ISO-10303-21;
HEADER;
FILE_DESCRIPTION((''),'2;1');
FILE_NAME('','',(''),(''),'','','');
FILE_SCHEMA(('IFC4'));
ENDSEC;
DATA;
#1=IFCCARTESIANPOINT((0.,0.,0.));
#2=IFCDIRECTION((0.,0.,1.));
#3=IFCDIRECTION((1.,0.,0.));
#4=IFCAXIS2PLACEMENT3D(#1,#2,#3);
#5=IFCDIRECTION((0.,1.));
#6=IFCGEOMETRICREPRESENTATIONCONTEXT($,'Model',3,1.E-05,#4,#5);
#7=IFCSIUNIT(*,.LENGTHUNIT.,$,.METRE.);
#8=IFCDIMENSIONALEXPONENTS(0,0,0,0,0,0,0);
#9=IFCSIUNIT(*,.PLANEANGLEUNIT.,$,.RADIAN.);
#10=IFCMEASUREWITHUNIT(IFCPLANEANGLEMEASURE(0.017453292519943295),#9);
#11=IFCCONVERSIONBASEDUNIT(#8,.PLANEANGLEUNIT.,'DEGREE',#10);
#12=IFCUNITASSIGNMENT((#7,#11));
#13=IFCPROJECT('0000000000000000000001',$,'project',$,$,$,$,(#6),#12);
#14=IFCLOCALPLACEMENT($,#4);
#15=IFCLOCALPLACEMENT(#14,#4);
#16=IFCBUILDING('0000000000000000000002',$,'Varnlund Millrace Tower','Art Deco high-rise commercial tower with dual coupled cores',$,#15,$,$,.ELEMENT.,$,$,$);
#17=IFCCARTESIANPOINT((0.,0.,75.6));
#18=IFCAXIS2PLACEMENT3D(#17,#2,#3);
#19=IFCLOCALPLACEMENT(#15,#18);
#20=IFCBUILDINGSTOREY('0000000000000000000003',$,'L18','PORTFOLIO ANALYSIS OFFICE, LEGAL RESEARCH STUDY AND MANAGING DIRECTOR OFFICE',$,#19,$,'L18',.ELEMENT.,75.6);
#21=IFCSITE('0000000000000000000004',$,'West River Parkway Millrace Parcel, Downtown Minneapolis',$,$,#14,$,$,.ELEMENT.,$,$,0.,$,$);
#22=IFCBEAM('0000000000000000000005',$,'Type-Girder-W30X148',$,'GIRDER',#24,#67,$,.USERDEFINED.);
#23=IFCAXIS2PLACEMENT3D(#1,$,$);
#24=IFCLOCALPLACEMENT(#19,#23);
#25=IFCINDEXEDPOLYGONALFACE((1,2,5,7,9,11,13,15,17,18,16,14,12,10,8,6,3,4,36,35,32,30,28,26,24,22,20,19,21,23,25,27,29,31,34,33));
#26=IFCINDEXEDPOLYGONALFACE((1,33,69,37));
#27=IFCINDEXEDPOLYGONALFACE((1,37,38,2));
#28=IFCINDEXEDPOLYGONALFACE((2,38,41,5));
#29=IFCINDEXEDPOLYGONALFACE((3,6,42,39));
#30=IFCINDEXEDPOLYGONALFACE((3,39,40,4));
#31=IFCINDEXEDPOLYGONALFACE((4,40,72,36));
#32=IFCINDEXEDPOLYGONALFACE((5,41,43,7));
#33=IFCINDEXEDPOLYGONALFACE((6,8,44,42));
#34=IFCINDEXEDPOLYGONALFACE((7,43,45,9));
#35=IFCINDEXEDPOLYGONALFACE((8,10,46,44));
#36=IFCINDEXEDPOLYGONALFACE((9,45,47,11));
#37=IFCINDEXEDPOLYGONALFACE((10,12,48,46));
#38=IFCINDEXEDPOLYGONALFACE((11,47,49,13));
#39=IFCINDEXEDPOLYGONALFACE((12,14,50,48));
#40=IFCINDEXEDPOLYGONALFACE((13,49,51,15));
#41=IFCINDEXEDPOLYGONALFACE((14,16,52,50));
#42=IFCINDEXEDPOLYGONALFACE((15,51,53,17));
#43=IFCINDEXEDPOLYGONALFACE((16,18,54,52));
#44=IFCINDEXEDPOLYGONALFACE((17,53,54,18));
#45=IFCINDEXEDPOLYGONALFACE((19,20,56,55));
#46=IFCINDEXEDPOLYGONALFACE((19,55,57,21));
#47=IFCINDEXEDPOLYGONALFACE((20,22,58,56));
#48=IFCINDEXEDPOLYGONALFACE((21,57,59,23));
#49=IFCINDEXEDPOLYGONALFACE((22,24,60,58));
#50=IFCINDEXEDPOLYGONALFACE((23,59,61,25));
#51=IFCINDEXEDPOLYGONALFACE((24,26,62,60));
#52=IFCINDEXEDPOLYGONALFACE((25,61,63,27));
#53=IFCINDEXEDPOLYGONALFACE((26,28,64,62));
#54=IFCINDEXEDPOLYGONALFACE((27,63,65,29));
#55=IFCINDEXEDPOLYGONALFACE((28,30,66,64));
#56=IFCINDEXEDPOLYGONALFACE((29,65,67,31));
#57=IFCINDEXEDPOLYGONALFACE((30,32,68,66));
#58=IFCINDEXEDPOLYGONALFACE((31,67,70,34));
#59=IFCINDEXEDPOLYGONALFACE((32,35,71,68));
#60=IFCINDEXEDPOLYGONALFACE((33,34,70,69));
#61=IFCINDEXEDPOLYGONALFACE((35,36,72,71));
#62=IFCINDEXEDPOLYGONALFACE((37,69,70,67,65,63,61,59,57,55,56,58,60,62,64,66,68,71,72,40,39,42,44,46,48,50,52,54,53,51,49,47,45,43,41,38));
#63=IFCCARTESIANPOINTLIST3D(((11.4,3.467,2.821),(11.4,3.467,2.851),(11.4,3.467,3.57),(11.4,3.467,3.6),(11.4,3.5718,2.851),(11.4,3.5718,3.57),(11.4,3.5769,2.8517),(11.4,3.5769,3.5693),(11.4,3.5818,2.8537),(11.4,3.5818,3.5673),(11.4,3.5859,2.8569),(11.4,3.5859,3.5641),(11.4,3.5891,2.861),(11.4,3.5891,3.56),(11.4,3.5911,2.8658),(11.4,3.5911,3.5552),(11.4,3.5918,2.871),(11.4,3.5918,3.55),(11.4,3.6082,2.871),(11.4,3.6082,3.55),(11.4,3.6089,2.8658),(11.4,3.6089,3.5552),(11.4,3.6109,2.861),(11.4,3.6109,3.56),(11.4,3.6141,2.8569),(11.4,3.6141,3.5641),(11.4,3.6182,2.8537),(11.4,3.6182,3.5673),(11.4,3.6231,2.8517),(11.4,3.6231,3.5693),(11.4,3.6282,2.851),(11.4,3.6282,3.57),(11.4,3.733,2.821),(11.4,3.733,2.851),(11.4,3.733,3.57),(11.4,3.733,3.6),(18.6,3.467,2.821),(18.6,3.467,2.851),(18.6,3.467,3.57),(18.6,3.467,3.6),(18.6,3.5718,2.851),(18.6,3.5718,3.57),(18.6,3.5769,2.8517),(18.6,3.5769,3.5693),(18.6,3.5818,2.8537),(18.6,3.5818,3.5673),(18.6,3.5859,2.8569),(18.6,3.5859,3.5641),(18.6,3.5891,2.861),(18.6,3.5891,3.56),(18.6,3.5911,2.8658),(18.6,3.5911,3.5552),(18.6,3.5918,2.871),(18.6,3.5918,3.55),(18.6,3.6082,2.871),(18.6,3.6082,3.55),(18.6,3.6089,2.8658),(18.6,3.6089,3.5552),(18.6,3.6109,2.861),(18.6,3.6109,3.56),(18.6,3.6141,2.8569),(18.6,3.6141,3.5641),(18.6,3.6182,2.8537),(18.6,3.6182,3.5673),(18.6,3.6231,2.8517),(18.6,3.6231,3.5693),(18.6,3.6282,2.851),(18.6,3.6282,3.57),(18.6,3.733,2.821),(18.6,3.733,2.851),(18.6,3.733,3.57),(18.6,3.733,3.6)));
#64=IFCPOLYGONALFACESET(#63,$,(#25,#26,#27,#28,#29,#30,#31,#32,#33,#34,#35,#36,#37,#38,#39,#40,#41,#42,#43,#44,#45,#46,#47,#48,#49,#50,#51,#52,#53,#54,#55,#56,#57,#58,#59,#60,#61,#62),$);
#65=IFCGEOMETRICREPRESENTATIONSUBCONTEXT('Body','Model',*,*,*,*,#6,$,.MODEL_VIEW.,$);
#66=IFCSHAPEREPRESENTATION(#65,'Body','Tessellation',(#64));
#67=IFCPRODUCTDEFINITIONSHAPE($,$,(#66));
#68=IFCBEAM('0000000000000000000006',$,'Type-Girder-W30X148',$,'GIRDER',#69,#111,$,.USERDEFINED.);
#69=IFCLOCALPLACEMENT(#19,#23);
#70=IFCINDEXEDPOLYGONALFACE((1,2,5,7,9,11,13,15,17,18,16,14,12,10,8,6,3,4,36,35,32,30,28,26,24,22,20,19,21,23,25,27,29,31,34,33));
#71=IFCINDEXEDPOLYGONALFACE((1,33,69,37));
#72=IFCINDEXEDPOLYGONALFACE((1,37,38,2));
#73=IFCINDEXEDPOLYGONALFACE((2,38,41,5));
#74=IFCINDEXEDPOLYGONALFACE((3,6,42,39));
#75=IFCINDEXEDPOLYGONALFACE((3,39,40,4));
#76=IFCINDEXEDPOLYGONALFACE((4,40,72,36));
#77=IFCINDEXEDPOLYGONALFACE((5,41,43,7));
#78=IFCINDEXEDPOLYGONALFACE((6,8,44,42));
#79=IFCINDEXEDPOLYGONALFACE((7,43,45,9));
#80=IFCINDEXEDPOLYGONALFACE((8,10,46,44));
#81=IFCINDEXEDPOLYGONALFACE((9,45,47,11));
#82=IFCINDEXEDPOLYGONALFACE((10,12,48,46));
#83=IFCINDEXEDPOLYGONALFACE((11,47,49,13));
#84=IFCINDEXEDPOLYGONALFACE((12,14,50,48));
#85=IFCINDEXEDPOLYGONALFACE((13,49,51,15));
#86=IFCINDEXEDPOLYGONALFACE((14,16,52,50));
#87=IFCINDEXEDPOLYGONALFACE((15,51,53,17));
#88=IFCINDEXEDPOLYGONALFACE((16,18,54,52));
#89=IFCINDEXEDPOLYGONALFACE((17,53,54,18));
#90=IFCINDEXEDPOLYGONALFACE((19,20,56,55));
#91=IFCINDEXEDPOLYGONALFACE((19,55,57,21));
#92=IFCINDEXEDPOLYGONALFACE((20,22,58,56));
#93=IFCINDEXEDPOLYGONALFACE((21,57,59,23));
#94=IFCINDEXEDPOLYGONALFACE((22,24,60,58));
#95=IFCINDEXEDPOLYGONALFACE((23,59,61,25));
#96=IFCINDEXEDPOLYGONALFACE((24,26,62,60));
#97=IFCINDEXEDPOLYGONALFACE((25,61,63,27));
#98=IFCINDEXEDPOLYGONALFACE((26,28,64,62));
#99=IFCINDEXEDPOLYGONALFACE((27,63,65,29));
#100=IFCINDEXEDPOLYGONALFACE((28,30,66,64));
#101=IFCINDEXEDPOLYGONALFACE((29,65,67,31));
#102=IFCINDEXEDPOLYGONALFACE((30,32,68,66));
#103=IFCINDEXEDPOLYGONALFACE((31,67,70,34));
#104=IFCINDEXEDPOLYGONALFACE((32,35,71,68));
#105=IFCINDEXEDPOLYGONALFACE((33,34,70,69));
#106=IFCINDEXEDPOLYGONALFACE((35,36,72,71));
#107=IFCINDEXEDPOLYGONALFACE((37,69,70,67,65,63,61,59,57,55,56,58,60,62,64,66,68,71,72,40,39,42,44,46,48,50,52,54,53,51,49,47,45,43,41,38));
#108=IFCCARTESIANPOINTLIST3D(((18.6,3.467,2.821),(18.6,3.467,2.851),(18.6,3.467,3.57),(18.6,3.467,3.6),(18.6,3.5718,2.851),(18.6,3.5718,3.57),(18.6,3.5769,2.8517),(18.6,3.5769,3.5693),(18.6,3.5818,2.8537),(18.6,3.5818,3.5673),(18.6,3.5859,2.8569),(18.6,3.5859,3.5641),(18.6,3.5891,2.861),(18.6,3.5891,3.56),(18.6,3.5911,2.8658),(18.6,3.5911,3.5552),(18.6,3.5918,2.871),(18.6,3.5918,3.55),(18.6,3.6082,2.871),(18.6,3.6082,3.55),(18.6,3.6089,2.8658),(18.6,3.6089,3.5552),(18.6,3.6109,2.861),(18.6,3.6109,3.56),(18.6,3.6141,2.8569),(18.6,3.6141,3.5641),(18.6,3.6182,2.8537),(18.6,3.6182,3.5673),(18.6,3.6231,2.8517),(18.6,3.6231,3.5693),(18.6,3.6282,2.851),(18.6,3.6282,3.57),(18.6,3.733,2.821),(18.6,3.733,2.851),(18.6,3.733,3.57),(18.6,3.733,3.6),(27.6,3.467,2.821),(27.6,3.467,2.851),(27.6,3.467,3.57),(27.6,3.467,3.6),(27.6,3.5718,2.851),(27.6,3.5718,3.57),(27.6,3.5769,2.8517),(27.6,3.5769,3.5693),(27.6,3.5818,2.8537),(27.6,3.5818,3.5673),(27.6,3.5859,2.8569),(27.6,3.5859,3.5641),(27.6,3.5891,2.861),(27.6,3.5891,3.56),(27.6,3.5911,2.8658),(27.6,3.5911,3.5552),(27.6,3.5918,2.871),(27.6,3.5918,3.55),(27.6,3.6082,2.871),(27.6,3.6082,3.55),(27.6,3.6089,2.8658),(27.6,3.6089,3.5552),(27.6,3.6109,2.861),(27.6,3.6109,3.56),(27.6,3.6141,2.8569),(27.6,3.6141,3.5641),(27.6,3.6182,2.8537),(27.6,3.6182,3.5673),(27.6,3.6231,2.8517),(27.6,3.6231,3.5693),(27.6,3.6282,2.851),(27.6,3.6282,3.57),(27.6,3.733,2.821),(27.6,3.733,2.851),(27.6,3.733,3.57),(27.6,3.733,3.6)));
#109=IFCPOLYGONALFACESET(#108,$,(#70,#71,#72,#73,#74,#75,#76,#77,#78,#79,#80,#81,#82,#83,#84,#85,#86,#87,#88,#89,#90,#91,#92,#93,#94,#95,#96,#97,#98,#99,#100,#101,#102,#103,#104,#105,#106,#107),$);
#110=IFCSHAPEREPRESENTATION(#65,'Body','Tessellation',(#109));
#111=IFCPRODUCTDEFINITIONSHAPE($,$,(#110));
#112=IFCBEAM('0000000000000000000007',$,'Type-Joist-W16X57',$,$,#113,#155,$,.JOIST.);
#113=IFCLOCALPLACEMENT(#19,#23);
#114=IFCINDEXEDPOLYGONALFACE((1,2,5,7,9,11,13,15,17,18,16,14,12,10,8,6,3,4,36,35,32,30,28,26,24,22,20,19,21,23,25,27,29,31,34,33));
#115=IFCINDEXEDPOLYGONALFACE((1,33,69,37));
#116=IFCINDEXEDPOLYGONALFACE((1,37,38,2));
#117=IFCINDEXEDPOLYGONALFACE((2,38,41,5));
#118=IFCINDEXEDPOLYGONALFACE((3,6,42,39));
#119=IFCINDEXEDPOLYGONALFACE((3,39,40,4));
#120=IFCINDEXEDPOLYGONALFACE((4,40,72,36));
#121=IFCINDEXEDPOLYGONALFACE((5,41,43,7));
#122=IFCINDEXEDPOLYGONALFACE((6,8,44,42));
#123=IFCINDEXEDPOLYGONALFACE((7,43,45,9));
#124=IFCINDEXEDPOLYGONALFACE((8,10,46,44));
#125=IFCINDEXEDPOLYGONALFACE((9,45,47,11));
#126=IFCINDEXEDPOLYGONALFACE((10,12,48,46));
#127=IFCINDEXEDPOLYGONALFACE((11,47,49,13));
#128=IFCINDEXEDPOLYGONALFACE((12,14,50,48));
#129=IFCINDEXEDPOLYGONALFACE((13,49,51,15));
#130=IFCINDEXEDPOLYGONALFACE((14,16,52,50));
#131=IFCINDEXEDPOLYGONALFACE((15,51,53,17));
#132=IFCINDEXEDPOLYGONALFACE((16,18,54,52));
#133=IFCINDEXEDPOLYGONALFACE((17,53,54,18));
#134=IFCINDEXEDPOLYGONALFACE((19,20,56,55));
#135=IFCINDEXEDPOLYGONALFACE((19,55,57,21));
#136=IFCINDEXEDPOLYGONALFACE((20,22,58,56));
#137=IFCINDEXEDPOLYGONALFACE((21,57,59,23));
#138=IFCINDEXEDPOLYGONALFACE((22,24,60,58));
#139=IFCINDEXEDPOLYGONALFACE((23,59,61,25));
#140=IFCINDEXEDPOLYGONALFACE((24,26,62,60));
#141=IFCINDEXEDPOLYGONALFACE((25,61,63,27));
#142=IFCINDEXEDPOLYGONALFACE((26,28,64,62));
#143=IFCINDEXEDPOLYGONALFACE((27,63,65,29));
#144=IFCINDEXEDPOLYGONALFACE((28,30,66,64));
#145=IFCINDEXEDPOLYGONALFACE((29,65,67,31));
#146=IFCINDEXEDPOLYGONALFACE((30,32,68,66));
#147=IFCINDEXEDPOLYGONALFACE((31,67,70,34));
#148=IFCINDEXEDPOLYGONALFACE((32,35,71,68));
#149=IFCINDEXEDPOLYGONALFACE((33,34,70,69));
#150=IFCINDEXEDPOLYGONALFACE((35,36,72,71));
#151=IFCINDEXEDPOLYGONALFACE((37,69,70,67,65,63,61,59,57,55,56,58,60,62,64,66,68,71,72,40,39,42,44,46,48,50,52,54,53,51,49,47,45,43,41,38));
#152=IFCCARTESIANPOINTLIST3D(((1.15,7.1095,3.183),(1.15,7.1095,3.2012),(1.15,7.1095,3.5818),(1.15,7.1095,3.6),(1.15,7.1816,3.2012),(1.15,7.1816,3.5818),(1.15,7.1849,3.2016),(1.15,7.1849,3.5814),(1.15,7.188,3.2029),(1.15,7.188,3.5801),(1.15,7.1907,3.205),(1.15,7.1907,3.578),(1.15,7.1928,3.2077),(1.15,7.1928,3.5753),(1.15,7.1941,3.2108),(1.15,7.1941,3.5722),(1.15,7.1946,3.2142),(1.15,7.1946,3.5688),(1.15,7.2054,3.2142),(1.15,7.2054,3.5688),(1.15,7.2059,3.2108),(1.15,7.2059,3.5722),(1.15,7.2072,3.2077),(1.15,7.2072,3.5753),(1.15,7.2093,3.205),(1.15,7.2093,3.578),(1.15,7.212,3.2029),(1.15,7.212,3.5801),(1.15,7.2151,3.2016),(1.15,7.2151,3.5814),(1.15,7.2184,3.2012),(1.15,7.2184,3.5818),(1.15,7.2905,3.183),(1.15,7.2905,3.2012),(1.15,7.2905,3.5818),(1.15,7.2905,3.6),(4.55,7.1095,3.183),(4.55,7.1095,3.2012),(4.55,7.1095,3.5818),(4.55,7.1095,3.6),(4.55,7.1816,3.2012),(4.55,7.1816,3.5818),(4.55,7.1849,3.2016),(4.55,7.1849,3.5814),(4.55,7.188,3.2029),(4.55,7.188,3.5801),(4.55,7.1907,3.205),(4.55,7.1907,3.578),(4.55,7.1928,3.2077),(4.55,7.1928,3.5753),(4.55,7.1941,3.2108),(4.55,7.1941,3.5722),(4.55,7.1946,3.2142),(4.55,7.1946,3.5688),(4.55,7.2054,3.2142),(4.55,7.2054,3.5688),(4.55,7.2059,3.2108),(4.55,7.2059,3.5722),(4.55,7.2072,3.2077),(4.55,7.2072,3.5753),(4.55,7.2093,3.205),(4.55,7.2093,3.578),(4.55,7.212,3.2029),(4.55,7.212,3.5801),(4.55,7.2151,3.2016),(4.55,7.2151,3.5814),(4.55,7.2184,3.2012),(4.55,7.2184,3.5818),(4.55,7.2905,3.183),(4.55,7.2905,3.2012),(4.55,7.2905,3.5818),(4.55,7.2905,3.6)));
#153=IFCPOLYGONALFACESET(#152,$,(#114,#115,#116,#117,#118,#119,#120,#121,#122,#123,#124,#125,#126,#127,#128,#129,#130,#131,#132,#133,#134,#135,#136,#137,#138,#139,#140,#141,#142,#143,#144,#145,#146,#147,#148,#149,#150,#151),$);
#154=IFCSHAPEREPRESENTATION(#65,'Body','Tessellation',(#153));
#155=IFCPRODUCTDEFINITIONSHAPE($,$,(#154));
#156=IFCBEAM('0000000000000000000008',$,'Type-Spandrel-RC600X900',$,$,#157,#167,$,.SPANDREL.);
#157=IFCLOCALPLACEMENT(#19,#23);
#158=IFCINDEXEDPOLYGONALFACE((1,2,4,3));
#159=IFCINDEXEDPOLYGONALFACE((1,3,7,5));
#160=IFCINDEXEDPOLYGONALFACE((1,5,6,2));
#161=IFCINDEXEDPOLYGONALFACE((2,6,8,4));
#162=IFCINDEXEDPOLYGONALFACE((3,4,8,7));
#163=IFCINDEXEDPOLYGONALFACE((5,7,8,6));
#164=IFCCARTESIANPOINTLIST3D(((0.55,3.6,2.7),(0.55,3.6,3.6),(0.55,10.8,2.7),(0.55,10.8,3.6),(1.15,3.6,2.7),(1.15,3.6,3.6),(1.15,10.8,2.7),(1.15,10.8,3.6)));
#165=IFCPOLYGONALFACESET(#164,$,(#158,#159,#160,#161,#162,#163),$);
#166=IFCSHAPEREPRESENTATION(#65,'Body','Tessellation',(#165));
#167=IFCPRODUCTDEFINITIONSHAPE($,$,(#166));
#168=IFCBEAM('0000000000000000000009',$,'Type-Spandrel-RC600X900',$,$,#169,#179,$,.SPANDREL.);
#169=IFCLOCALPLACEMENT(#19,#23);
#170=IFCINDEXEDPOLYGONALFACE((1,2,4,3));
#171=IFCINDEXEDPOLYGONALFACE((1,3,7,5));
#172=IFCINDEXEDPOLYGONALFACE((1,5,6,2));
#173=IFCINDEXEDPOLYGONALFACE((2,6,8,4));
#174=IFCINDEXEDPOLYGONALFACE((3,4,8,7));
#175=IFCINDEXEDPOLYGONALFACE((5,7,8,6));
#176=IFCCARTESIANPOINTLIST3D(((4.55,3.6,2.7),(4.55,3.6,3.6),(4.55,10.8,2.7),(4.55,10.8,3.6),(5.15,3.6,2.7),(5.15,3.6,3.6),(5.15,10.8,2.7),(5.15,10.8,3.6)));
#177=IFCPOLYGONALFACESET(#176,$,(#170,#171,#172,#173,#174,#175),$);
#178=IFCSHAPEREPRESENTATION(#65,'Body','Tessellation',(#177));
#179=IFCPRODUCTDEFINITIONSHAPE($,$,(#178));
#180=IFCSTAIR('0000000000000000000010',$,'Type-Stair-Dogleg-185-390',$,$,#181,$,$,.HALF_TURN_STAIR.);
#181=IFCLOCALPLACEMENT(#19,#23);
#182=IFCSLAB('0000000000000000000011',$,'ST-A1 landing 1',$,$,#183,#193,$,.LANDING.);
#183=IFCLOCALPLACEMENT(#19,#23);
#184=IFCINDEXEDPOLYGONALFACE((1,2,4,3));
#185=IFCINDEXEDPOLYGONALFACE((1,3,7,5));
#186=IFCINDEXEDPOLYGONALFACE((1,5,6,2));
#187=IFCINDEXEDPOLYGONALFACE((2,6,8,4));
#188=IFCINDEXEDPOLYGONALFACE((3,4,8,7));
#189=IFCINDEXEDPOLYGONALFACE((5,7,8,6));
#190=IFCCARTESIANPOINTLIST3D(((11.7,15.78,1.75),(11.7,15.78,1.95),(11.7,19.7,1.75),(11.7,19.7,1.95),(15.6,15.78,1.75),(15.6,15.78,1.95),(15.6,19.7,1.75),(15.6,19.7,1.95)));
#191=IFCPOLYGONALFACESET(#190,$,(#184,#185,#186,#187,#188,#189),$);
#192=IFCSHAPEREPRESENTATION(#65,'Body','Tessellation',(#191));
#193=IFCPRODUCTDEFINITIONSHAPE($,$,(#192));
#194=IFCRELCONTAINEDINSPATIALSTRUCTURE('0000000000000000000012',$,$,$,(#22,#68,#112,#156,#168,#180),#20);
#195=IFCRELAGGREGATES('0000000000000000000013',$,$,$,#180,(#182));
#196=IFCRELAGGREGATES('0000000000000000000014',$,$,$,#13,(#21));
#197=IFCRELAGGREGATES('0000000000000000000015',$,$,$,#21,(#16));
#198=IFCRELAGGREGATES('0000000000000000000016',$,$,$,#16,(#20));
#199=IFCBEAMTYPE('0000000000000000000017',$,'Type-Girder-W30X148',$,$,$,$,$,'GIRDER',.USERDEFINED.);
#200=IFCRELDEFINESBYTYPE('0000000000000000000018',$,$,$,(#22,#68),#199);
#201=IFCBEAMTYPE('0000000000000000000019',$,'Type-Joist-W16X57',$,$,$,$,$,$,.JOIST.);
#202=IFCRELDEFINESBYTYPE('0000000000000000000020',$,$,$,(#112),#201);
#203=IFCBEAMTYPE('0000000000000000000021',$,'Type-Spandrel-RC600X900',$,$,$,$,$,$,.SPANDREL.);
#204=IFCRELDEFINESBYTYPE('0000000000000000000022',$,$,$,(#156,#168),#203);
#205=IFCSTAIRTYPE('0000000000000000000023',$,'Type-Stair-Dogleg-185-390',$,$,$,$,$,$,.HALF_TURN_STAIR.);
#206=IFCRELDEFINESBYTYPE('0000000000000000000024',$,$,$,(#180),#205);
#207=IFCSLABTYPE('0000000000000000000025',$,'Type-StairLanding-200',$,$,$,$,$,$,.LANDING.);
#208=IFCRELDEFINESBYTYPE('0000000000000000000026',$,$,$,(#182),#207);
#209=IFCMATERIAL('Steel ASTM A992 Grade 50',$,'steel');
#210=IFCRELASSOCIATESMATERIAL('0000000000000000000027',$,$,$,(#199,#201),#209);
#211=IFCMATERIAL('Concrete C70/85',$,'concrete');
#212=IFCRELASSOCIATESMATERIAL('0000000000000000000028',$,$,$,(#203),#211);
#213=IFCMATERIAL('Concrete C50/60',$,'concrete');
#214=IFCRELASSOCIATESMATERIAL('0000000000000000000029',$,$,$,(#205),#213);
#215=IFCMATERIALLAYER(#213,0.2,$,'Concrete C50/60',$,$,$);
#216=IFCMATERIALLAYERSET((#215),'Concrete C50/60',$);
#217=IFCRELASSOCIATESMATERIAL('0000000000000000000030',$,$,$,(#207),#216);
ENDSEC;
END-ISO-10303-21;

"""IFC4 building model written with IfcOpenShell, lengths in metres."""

from ifc_helpers import new_model, entity, si_unit, converted_unit, direction, frame, origin_with_axes, origin_2d_with_axis, place, context, subcontext, project, spatial, polyline, rectangle, i_section, outline, extrude, material, layer, layer_set, material_profile, profile_set, type_object, element, aggregate, save


model = new_model("IFC4")

# Units and contexts
model_context = context("Model", 3, precision=1e-05, world=origin_with_axes(), true_north=direction((0.0, 1.0)))
body_context = subcontext(model_context, "Body", "Model", "MODEL_VIEW")
ifc_project = project(units=[si_unit("LENGTHUNIT", "METRE"), converted_unit("PLANEANGLEUNIT", "DEGREE", entity("IfcPlaneAngleMeasure", 0.017453292519943295), si_unit("PLANEANGLEUNIT", "RADIAN"), dimensions=[0, 0, 0, 0, 0, 0, 0])], contexts=[model_context])

# Site, building, storey
site_placement = place(None, origin_with_axes())
site = spatial("IfcSite", under=ifc_project, at=site_placement, Name="West River Parkway Millrace Parcel, Downtown Minneapolis", CompositionType="ELEMENT", RefElevation=0.0)
building_placement = place(site_placement, origin_with_axes())
building = spatial("IfcBuilding", under=site, at=building_placement, Name="Varnlund Millrace Tower", Description="Art Deco high-rise commercial tower with dual coupled cores", CompositionType="ELEMENT")
storey_placement = place(building_placement, frame((0.0, 0.0, 75.6), z_axis=(0.0, 0.0, 1.0), x_axis=(1.0, 0.0, 0.0)))
storey = spatial("IfcBuildingStorey", under=building, at=storey_placement, Name="L18", Description="PORTFOLIO ANALYSIS OFFICE, LEGAL RESEARCH STUDY AND MANAGING DIRECTOR OFFICE", LongName="L18", CompositionType="ELEMENT", Elevation=75.6)

# Beams
ifc_material_1 = material(Name="Steel ASTM A992 Grade 50", Category="steel")
ifc_material_profile_1 = material_profile(ifc_material_1, i_section(OverallWidth=0.266, OverallDepth=0.779, WebThickness=0.0165, FlangeThickness=0.03, FilletRadius=0.02, at=origin_2d_with_axis()), Name="Steel ASTM A992 Grade 50")
ifc_profile_set_1 = profile_set([ifc_material_profile_1], Name="Steel ASTM A992 Grade 50")
beam_type_1 = type_object("IfcBeamType", Name="Type-Girder-W30X148", ElementType="GIRDER", PredefinedType="USERDEFINED", material=ifc_profile_set_1)
beam_1_placement = place(storey_placement, frame((11.4, 3.6, 3.2105), z_axis=(1.0, 0.0, 0.0), x_axis=(0.0, 1.0, 0.0)))
element("IfcBeam", 1, at=beam_1_placement, inside=storey, type_object=beam_type_1, Name="Type-Girder-W30X148", ObjectType="GIRDER", PredefinedType="USERDEFINED", context=body_context, shape_type="SweptSolid", body=[
    extrude(i_section(OverallWidth=0.266, OverallDepth=0.779, WebThickness=0.0165, FlangeThickness=0.03, FilletRadius=0.02, at=origin_2d_with_axis()), origin_with_axes(), (0.0, 0.0, 1.0), 7.2),
])
beam_2_placement = place(storey_placement, frame((18.6, 3.6, 3.2105), z_axis=(1.0, 0.0, 0.0), x_axis=(0.0, 1.0, 0.0)))
element("IfcBeam", 2, at=beam_2_placement, inside=storey, type_object=beam_type_1, Name="Type-Girder-W30X148", ObjectType="GIRDER", PredefinedType="USERDEFINED", context=body_context, shape_type="SweptSolid", body=[
    extrude(i_section(OverallWidth=0.266, OverallDepth=0.779, WebThickness=0.0165, FlangeThickness=0.03, FilletRadius=0.02, at=origin_2d_with_axis()), origin_with_axes(), (0.0, 0.0, 1.0), 9.0),
])
ifc_material_profile_2 = material_profile(ifc_material_1, i_section(OverallWidth=0.181, OverallDepth=0.417, WebThickness=0.0109, FlangeThickness=0.0182, FilletRadius=0.013, at=origin_2d_with_axis()), Name="Steel ASTM A992 Grade 50")
ifc_profile_set_2 = profile_set([ifc_material_profile_2], Name="Steel ASTM A992 Grade 50")
beam_type_2 = type_object("IfcBeamType", Name="Type-Joist-W16X57", PredefinedType="JOIST", material=ifc_profile_set_2)
beam_3_placement = place(storey_placement, frame((1.15, 7.2, 3.3915), z_axis=(1.0, 0.0, 0.0), x_axis=(0.0, 1.0, 0.0)))
element("IfcBeam", 3, at=beam_3_placement, inside=storey, type_object=beam_type_2, Name="Type-Joist-W16X57", PredefinedType="JOIST", context=body_context, shape_type="SweptSolid", body=[
    extrude(i_section(OverallWidth=0.181, OverallDepth=0.417, WebThickness=0.0109, FlangeThickness=0.0182, FilletRadius=0.013, at=origin_2d_with_axis()), origin_with_axes(), (0.0, 0.0, 1.0), 3.4),
])
ifc_material_2 = material(Name="Concrete C70/85", Category="concrete")
ifc_material_profile_3 = material_profile(ifc_material_2, rectangle(XDim=0.6, YDim=0.9, at=origin_2d_with_axis()), Name="Concrete C70/85")
ifc_profile_set_3 = profile_set([ifc_material_profile_3], Name="Concrete C70/85")
beam_type_3 = type_object("IfcBeamType", Name="Type-Spandrel-RC600X900", PredefinedType="SPANDREL", material=ifc_profile_set_3)
for number, where, z_axis, x_axis, name in (
    (4, (0.85, 3.6, 3.15), (0.0, 1.0, 0.0), (-1.0, 0.0, 0.0), "Type-Spandrel-RC600X900"),
    (5, (4.85, 3.6, 3.15), (0.0, 1.0, 0.0), (-1.0, 0.0, 0.0), "Type-Spandrel-RC600X900"),
):
    element("IfcBeam", number, at=place(storey_placement, frame(where, z_axis=z_axis, x_axis=x_axis)), inside=storey, type_object=beam_type_3, Name=name, PredefinedType="SPANDREL", context=body_context, shape_type="SweptSolid", body=[
        extrude(rectangle(XDim=0.6, YDim=0.9, at=origin_2d_with_axis()), origin_with_axes(), (0.0, 0.0, 1.0), 7.2),
    ])

# Stair, slab
ifc_material_3 = material(Name="Concrete C50/60", Category="concrete")
stair_type_1 = type_object("IfcStairType", Name="Type-Stair-Dogleg-185-390", PredefinedType="HALF_TURN_STAIR", material=ifc_material_3)
stair_1_placement = place(storey_placement, origin_with_axes())
stair_1 = element("IfcStair", 6, at=stair_1_placement, inside=storey, type_object=stair_type_1, Name="Type-Stair-Dogleg-185-390", PredefinedType="HALF_TURN_STAIR")
ifc_layer_1 = layer(ifc_material_3, 0.2, Name="Concrete C50/60")
ifc_layer_set_1 = layer_set([ifc_layer_1], Name="Concrete C50/60")
slab_type = type_object("IfcSlabType", Name="Type-StairLanding-200", PredefinedType="LANDING", material=ifc_layer_set_1)
slab_1_placement = place(storey_placement, frame((0.0, 0.0, 1.75), z_axis=(0.0, 0.0, 1.0), x_axis=(1.0, 0.0, 0.0)))
slab_1 = element("IfcSlab", 7, at=slab_1_placement, type_object=slab_type, Name="ST-A1 landing 1", PredefinedType="LANDING", context=body_context, shape_type="SweptSolid", body=[
    extrude(outline(polyline([(15.6, 15.78), (15.6, 19.7), (11.7, 19.7), (11.7, 15.78), (15.6, 15.78)])), origin_with_axes(), (0.0, 0.0, 1.0), 0.2),
])
aggregate(stair_1, [slab_1])

save(model, "model.ifc")
